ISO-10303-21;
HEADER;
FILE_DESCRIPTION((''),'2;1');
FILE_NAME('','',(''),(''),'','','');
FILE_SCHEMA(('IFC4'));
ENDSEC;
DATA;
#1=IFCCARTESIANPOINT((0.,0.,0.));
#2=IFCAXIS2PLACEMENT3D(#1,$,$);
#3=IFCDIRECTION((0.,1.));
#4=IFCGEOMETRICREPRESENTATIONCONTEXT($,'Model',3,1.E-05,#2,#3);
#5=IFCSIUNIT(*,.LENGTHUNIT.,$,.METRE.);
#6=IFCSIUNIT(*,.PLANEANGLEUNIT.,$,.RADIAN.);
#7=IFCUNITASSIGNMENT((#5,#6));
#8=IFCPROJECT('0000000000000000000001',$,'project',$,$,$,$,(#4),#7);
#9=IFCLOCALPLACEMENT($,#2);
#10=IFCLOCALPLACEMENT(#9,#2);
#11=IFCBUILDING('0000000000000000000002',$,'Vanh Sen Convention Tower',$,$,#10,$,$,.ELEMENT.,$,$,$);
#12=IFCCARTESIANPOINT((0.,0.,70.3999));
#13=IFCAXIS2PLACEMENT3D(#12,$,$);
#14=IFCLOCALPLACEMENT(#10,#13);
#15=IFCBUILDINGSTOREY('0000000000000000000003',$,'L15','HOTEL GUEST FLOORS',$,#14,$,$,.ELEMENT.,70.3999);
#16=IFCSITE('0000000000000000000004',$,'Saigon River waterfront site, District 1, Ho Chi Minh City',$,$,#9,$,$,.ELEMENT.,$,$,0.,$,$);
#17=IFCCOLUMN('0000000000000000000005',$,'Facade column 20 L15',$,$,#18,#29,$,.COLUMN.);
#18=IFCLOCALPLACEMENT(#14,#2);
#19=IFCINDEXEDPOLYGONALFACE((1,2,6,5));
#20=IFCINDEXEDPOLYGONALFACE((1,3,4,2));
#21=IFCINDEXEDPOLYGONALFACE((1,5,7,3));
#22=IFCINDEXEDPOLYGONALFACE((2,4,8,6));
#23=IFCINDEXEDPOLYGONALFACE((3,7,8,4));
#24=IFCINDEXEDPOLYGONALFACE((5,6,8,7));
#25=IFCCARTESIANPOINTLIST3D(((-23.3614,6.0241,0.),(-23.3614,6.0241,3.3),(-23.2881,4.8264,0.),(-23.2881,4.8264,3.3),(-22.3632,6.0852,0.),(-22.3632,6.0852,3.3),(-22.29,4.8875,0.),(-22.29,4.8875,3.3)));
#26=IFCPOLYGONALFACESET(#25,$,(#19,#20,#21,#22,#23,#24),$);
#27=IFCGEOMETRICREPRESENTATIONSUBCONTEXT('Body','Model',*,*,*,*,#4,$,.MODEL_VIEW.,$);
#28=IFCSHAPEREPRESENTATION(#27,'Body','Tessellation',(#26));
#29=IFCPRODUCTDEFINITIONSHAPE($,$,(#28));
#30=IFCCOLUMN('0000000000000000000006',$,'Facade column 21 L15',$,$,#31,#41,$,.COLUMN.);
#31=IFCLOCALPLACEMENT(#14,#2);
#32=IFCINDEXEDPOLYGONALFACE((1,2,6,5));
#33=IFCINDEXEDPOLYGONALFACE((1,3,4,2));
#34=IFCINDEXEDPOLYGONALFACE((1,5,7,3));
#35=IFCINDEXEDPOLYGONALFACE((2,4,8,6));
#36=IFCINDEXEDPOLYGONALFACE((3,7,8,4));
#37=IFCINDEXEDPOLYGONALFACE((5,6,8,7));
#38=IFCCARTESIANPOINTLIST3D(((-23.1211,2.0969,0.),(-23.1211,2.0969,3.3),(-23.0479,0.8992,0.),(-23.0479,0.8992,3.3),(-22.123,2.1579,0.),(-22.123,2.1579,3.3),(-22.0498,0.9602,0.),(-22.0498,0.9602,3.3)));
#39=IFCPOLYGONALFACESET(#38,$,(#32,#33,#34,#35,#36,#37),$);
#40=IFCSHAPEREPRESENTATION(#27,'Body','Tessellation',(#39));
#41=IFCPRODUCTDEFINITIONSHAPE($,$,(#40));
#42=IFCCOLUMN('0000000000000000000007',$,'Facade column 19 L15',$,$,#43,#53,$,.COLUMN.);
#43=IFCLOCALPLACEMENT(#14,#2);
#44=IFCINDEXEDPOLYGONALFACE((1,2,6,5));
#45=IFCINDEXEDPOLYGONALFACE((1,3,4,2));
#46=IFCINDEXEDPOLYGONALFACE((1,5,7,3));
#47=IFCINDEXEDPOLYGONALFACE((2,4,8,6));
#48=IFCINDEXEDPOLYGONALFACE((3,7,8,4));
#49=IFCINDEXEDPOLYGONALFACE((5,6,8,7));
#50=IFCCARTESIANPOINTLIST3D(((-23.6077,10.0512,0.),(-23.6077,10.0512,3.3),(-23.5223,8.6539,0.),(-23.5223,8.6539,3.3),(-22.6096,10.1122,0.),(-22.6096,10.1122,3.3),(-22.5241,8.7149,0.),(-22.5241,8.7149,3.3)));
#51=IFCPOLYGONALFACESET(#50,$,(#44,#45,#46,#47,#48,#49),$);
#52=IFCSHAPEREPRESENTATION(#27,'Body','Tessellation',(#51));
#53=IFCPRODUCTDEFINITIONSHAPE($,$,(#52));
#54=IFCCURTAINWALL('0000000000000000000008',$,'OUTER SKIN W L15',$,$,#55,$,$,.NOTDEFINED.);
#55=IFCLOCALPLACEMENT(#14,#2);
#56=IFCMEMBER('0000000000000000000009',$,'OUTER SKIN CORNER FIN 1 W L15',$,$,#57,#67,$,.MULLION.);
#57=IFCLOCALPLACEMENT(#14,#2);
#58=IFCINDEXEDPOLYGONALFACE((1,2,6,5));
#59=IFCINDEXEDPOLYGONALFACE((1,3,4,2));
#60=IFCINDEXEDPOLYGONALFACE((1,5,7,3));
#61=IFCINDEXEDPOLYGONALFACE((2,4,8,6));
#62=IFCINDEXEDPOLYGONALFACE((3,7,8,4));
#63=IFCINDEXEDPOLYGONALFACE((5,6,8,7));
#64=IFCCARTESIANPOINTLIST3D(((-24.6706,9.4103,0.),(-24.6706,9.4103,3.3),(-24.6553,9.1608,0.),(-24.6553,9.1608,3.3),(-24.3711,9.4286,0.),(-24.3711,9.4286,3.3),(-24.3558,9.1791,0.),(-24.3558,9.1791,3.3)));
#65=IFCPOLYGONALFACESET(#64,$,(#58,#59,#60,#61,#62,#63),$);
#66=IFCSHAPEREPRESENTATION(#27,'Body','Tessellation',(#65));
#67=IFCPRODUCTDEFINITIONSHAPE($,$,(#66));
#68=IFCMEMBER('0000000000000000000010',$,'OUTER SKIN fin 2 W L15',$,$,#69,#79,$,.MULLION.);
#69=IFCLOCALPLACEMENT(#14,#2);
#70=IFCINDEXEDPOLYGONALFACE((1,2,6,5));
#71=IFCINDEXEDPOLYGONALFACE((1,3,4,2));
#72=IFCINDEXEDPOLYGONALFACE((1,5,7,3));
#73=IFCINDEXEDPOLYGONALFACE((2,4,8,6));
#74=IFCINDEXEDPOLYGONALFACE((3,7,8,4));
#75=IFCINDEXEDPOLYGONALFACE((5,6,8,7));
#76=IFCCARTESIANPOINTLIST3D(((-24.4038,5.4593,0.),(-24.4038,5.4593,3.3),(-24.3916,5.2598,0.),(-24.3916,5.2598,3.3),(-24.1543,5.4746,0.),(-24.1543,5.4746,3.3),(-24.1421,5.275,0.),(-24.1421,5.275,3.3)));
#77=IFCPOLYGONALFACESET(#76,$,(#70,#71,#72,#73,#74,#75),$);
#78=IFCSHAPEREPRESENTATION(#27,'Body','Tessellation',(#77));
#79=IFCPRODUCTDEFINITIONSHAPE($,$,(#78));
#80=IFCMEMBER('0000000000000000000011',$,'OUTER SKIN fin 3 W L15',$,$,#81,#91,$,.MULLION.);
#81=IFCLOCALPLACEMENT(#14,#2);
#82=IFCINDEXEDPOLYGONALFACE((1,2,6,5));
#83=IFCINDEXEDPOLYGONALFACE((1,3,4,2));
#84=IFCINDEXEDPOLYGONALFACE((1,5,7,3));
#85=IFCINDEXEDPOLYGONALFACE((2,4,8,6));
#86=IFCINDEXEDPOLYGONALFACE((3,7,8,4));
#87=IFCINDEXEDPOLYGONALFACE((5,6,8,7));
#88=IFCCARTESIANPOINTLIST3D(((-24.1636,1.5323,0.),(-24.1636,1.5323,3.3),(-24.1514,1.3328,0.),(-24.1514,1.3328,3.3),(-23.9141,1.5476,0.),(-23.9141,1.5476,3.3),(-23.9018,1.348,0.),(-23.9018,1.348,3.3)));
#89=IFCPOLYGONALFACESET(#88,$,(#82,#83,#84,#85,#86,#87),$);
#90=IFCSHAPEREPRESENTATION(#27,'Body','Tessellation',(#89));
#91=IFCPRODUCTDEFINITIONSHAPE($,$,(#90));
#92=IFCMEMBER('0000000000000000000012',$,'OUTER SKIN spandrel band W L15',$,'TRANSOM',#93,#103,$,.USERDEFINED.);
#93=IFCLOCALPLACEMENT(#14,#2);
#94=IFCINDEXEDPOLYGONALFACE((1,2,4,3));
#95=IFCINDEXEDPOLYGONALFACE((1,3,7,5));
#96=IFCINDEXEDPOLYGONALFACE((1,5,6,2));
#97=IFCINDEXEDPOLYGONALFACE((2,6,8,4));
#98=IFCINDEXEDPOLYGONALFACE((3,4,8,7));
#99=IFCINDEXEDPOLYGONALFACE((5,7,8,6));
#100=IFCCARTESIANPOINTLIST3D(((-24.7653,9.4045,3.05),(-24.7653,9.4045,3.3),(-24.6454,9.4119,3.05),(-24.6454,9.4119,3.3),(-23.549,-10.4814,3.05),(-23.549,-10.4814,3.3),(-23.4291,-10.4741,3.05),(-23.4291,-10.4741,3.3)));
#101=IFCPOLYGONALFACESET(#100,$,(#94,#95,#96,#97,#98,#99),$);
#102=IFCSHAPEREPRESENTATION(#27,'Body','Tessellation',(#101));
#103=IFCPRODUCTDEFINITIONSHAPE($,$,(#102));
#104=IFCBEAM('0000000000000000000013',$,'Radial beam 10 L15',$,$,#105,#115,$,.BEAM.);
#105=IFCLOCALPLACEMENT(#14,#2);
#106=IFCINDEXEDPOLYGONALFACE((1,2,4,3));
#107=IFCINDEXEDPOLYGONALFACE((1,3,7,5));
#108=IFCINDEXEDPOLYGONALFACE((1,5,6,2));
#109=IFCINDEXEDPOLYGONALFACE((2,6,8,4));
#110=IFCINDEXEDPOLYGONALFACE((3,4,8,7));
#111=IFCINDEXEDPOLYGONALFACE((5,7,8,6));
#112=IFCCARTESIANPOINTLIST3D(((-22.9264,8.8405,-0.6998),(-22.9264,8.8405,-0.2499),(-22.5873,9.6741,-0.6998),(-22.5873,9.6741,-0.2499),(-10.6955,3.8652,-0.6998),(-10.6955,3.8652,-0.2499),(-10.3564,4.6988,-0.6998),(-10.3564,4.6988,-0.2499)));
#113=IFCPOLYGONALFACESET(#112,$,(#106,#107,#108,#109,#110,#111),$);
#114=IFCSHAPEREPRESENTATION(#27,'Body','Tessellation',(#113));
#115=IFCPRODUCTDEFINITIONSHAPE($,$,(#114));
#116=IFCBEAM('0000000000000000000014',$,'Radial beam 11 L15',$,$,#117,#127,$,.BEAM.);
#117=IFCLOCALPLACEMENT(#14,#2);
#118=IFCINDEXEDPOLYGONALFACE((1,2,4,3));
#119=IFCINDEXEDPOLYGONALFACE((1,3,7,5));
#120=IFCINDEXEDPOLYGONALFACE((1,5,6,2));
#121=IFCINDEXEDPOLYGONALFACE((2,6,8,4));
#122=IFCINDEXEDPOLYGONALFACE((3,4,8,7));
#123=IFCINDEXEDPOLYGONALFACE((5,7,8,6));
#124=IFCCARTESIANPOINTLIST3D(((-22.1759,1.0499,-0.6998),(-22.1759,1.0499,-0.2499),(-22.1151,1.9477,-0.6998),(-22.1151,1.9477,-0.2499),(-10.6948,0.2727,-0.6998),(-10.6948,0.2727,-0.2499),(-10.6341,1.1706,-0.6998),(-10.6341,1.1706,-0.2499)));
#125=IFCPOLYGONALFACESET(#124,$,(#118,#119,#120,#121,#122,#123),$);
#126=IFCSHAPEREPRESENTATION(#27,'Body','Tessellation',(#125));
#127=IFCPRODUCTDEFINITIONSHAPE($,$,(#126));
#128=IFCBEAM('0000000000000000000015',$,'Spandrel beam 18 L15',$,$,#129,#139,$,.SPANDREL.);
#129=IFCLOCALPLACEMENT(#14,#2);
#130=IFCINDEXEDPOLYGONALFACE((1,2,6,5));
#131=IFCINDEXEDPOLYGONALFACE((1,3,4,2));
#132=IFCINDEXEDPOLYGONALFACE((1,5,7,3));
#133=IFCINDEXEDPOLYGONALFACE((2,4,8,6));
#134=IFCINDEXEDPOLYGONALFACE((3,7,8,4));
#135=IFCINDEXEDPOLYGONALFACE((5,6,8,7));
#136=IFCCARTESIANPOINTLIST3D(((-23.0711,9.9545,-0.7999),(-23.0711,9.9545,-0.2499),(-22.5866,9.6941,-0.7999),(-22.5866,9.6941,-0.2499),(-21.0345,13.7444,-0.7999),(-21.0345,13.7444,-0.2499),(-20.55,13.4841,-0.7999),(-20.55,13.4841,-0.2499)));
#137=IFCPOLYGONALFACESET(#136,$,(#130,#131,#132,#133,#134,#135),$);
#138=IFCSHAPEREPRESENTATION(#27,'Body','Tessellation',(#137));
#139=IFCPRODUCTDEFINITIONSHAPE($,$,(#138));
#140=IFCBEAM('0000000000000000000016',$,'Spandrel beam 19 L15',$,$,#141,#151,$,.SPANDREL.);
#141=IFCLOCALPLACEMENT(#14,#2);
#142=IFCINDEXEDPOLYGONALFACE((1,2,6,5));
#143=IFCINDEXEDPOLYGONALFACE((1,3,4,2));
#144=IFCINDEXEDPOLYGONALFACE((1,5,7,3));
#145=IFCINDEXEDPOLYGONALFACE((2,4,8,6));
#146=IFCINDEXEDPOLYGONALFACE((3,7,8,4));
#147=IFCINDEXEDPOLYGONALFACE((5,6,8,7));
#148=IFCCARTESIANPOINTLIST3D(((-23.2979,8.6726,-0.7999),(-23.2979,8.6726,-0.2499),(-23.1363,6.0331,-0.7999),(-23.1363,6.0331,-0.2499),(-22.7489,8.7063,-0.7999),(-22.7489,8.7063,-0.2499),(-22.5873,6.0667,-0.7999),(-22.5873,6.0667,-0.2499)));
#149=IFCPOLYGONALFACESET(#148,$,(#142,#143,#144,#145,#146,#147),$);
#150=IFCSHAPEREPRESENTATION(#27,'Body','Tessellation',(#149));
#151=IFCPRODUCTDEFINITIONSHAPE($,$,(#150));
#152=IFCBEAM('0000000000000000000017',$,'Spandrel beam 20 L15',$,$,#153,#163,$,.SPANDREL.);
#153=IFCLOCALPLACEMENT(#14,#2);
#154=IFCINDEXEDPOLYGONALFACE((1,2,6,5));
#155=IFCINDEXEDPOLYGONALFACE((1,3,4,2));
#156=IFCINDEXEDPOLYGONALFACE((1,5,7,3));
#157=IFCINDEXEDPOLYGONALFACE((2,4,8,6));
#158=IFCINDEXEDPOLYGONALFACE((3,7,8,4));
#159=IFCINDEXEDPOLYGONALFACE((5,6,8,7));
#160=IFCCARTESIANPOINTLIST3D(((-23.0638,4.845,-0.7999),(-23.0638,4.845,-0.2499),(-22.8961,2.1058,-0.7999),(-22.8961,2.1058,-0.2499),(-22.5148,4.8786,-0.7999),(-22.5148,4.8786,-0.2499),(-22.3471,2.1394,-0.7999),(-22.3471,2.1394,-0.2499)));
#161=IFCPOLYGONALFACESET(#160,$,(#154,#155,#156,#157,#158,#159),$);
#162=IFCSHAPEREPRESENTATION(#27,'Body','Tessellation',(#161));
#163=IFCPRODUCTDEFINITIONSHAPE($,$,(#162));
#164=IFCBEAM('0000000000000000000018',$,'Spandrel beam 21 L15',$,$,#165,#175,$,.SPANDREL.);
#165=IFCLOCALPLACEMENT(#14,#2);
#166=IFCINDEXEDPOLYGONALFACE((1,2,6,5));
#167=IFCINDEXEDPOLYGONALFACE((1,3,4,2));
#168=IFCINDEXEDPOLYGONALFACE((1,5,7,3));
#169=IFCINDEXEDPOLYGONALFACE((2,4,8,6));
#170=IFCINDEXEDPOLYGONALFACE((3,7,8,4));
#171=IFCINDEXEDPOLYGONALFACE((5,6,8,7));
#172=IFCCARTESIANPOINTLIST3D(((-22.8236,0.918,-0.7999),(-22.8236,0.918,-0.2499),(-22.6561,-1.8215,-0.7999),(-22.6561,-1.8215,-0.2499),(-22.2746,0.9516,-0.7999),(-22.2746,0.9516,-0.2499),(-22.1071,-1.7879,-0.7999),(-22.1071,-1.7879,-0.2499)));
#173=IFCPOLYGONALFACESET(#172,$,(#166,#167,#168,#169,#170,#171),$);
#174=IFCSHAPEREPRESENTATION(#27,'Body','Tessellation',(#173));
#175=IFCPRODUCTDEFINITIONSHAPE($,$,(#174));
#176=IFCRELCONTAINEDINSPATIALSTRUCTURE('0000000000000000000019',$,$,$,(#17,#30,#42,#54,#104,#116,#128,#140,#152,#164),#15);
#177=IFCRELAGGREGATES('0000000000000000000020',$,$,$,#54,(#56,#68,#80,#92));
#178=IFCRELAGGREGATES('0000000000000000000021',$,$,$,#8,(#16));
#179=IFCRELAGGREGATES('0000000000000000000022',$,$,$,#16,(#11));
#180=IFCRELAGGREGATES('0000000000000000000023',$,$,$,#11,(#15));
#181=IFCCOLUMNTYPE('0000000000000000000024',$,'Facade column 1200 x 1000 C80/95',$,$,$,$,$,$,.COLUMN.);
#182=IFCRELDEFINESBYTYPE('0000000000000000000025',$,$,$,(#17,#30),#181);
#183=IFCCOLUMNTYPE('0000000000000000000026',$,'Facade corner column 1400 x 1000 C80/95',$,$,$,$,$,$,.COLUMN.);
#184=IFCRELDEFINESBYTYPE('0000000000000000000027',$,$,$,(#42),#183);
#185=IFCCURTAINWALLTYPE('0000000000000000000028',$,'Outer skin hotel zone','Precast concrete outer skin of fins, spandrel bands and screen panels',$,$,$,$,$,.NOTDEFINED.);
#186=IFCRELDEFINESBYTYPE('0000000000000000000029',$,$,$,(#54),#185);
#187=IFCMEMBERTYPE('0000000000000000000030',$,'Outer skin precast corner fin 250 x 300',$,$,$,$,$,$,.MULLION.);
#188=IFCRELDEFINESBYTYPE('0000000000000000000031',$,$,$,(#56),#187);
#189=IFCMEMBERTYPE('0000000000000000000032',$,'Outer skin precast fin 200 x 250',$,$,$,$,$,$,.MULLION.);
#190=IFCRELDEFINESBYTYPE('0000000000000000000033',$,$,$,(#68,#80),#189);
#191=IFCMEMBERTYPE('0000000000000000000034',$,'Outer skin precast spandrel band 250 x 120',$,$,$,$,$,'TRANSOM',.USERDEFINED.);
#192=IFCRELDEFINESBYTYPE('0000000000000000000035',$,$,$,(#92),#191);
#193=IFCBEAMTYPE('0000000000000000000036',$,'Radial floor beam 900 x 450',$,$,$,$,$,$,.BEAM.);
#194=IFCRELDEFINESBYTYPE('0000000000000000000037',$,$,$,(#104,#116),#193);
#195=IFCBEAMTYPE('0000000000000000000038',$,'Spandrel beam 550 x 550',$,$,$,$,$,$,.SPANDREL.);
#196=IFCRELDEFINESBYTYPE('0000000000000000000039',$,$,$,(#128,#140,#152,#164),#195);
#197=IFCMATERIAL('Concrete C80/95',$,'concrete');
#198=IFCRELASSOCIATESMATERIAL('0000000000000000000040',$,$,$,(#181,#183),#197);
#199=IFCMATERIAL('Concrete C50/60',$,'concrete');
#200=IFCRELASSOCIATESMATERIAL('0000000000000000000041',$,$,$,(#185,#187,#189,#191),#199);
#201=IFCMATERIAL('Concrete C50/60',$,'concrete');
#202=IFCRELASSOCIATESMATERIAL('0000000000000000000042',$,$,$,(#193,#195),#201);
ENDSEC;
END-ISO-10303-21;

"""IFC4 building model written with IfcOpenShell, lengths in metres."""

from ifc_helpers import new_model, si_unit, direction, frame, origin, origin_2d, place, context, subcontext, project, spatial, rectangle, extrude, material, material_profile, profile_set, type_object, element, aggregate, save


model = new_model("IFC4")

# Units and contexts
model_context = context("Model", 3, precision=1e-05, world=origin(), true_north=direction((0.0, 1.0)))
body_context = subcontext(model_context, "Body", "Model", "MODEL_VIEW")
ifc_project = project(units=[si_unit("LENGTHUNIT", "METRE"), si_unit("PLANEANGLEUNIT", "RADIAN")], contexts=[model_context])

# Site, building, storey
site_placement = place(None, origin())
site = spatial("IfcSite", under=ifc_project, at=site_placement, Name="Saigon River waterfront site, District 1, Ho Chi Minh City", CompositionType="ELEMENT", RefElevation=0.0)
building_placement = place(site_placement, origin())
building = spatial("IfcBuilding", under=site, at=building_placement, Name="Vanh Sen Convention Tower", CompositionType="ELEMENT")
storey_placement = place(building_placement, frame((0.0, 0.0, 70.3999)))
storey = spatial("IfcBuildingStorey", under=building, at=storey_placement, Name="L15", Description="HOTEL GUEST FLOORS", CompositionType="ELEMENT", Elevation=70.3999)

# Columns
ifc_material_1 = material(Name="Concrete C80/95", Category="concrete")
ifc_material_profile_1 = material_profile(ifc_material_1, rectangle(XDim=1.2, YDim=1.0, at=origin_2d()), Name="RC 1200X1000")
ifc_profile_set_1 = profile_set([ifc_material_profile_1], Name="Concrete C80/95")
column_type_1 = type_object("IfcColumnType", Name="Facade column 1200 x 1000 C80/95", PredefinedType="COLUMN", material=ifc_profile_set_1)
for number, where, z_axis, x_axis, name in (
    (1, (-22.8257, 5.4558, 0.0), (0.0, 0.0, 1.0), (0.061049, -0.998135, 0.0), "Facade column 20 L15"),
    (2, (-22.5854, 1.5286, 0.0), (0.0, 0.0, 1.0), (0.061049, -0.998135, 0.0), "Facade column 21 L15"),
):
    element("IfcColumn", number, at=place(storey_placement, frame(where, z_axis=z_axis, x_axis=x_axis)), inside=storey, type_object=column_type_1, Name=name, PredefinedType="COLUMN", context=body_context, shape_type="SweptSolid", body=[
        extrude(rectangle(XDim=1.2, YDim=1.0, at=origin_2d()), origin(), (0.0, 0.0, 1.0), 3.3),
    ])
ifc_material_profile_2 = material_profile(ifc_material_1, rectangle(XDim=1.3999, YDim=1.0, at=origin_2d()), Name="RC 1400X1000")
ifc_profile_set_2 = profile_set([ifc_material_profile_2], Name="Concrete C80/95")
column_type_2 = type_object("IfcColumnType", Name="Facade corner column 1400 x 1000 C80/95", PredefinedType="COLUMN", material=ifc_profile_set_2)
column_placement = place(storey_placement, frame((-23.0659, 9.3831, 0.0), z_axis=(0.0, 0.0, 1.0), x_axis=(0.061049, -0.998135, 0.0)))
element("IfcColumn", 3, at=column_placement, inside=storey, type_object=column_type_2, Name="Facade column 19 L15", PredefinedType="COLUMN", context=body_context, shape_type="SweptSolid", body=[
    extrude(rectangle(XDim=1.3999, YDim=1.0, at=origin_2d()), origin(), (0.0, 0.0, 1.0), 3.3),
])

# Curtain wall, members
ifc_material_2 = material(Name="Concrete C50/60", Category="concrete")
curtain_wall_type = type_object("IfcCurtainWallType", Name="Outer skin hotel zone", Description="Precast concrete outer skin of fins, spandrel bands and screen panels", PredefinedType="NOTDEFINED", material=ifc_material_2)
curtain_wall_1_placement = place(storey_placement, origin())
curtain_wall_1 = element("IfcCurtainWall", 4, at=curtain_wall_1_placement, inside=storey, type_object=curtain_wall_type, Name="OUTER SKIN W L15", PredefinedType="NOTDEFINED")
ifc_material_profile_3 = material_profile(ifc_material_2, rectangle(XDim=0.25, YDim=0.3, at=origin_2d()), Name="Outer skin precast corner fin 250 x 300")
ifc_profile_set_3 = profile_set([ifc_material_profile_3], Name="Concrete C50/60")
member_type_1 = type_object("IfcMemberType", Name="Outer skin precast corner fin 250 x 300", PredefinedType="MULLION", material=ifc_profile_set_3)
member_1_placement = place(storey_placement, frame((-24.5132, 9.2947, 0.0), z_axis=(0.0, 0.0, 1.0), x_axis=(0.061049, -0.998135, 0.0)))
member_1 = element("IfcMember", 5, at=member_1_placement, type_object=member_type_1, Name="OUTER SKIN CORNER FIN 1 W L15", PredefinedType="MULLION", context=body_context, shape_type="SweptSolid", body=[
    extrude(rectangle(XDim=0.25, YDim=0.3, at=origin_2d()), origin(), (0.0, 0.0, 1.0), 3.3),
])
ifc_material_profile_4 = material_profile(ifc_material_2, rectangle(XDim=0.2, YDim=0.25, at=origin_2d()), Name="Outer skin precast fin 200 x 250")
ifc_profile_set_4 = profile_set([ifc_material_profile_4], Name="Concrete C50/60")
member_type_2 = type_object("IfcMemberType", Name="Outer skin precast fin 200 x 250", PredefinedType="MULLION", material=ifc_profile_set_4)
member_2_placement = place(storey_placement, frame((-24.2729, 5.3672, 0.0), z_axis=(0.0, 0.0, 1.0), x_axis=(0.061049, -0.998135, 0.0)))
member_2 = element("IfcMember", 6, at=member_2_placement, type_object=member_type_2, Name="OUTER SKIN fin 2 W L15", PredefinedType="MULLION", context=body_context, shape_type="SweptSolid", body=[
    extrude(rectangle(XDim=0.2, YDim=0.25, at=origin_2d()), origin(), (0.0, 0.0, 1.0), 3.3),
])
member_3_placement = place(storey_placement, frame((-24.0327, 1.4402, 0.0), z_axis=(0.0, 0.0, 1.0), x_axis=(0.061049, -0.998135, 0.0)))
member_3 = element("IfcMember", 7, at=member_3_placement, type_object=member_type_2, Name="OUTER SKIN fin 3 W L15", PredefinedType="MULLION", context=body_context, shape_type="SweptSolid", body=[
    extrude(rectangle(XDim=0.2, YDim=0.25, at=origin_2d()), origin(), (0.0, 0.0, 1.0), 3.3),
])
ifc_material_profile_5 = material_profile(ifc_material_2, rectangle(XDim=0.1201, YDim=0.25, at=origin_2d()), Name="Outer skin precast spandrel band 250 x 120")
ifc_profile_set_5 = profile_set([ifc_material_profile_5], Name="Concrete C50/60")
member_type_3 = type_object("IfcMemberType", Name="Outer skin precast spandrel band 250 x 120", ElementType="TRANSOM", PredefinedType="USERDEFINED", material=ifc_profile_set_5)
member_4_placement = place(storey_placement, frame((-24.7053, 9.4082, 3.175), z_axis=(0.06105, -0.998135, 0.0), x_axis=(0.998135, 0.06105, 0.0)))
member_4 = element("IfcMember", 8, at=member_4_placement, type_object=member_type_3, Name="OUTER SKIN spandrel band W L15", ObjectType="TRANSOM", PredefinedType="USERDEFINED", context=body_context, shape_type="SweptSolid", body=[
    extrude(rectangle(XDim=0.1201, YDim=0.25, at=origin_2d()), origin(), (0.0, 0.0, 1.0), 19.9231),
])

# Beams
ifc_material_3 = material(Name="Concrete C50/60", Category="concrete")
ifc_material_profile_6 = material_profile(ifc_material_3, rectangle(XDim=0.8999, YDim=0.45, at=origin_2d()), Name="RC 900X450")
ifc_profile_set_6 = profile_set([ifc_material_profile_6], Name="Concrete C50/60")
beam_type_1 = type_object("IfcBeamType", Name="Radial floor beam 900 x 450", PredefinedType="BEAM", material=ifc_profile_set_6)
beam_1_placement = place(storey_placement, frame((-22.7568, 9.2573, -0.4749), z_axis=(0.926294, -0.376801, 0.0), x_axis=(0.376801, 0.926294, 0.0)))
element("IfcBeam", 9, at=beam_1_placement, inside=storey, type_object=beam_type_1, Name="Radial beam 10 L15", PredefinedType="BEAM", context=body_context, shape_type="SweptSolid", body=[
    extrude(rectangle(XDim=0.8999, YDim=0.45, at=origin_2d()), origin(), (0.0, 0.0, 1.0), 13.2041),
])
beam_2_placement = place(storey_placement, frame((-22.1455, 1.4988, -0.4749), z_axis=(0.997717, -0.067531, 0.0), x_axis=(0.067531, 0.997717, 0.0)))
element("IfcBeam", 10, at=beam_2_placement, inside=storey, type_object=beam_type_1, Name="Radial beam 11 L15", PredefinedType="BEAM", context=body_context, shape_type="SweptSolid", body=[
    extrude(rectangle(XDim=0.8999, YDim=0.45, at=origin_2d()), origin(), (0.0, 0.0, 1.0), 11.5073),
])
ifc_material_profile_7 = material_profile(ifc_material_3, rectangle(XDim=0.55, YDim=0.55, at=origin_2d()), Name="RC 550X550")
ifc_profile_set_7 = profile_set([ifc_material_profile_7], Name="Concrete C50/60")
beam_type_2 = type_object("IfcBeamType", Name="Spandrel beam 550 x 550", PredefinedType="SPANDREL", material=ifc_profile_set_7)
beam_3_placement = place(storey_placement, frame((-20.7922, 13.6143, -0.5249), z_axis=(-0.473348, -0.880875, 0.0), x_axis=(0.880875, -0.473348, 0.0)))
element("IfcBeam", 11, at=beam_3_placement, inside=storey, type_object=beam_type_2, Name="Spandrel beam 18 L15", PredefinedType="SPANDREL", context=body_context, shape_type="SweptSolid", body=[
    extrude(rectangle(XDim=0.55, YDim=0.55, at=origin_2d()), origin(), (0.0, 0.0, 1.0), 4.3025),
])
beam_4_placement = place(storey_placement, frame((-23.0234, 8.6895, -0.5249), z_axis=(0.061114, -0.998131, 0.0), x_axis=(0.998131, 0.061114, 0.0)))
element("IfcBeam", 12, at=beam_4_placement, inside=storey, type_object=beam_type_2, Name="Spandrel beam 19 L15", PredefinedType="SPANDREL", context=body_context, shape_type="SweptSolid", body=[
    extrude(rectangle(XDim=0.55, YDim=0.55, at=origin_2d()), origin(), (0.0, 0.0, 1.0), 2.6445),
])
beam_5_placement = place(storey_placement, frame((-22.7893, 4.8618, -0.5249), z_axis=(0.061115, -0.998131, 0.0), x_axis=(0.998131, 0.061115, 0.0)))
element("IfcBeam", 13, at=beam_5_placement, inside=storey, type_object=beam_type_2, Name="Spandrel beam 20 L15", PredefinedType="SPANDREL", context=body_context, shape_type="SweptSolid", body=[
    extrude(rectangle(XDim=0.55, YDim=0.55, at=origin_2d()), origin(), (0.0, 0.0, 1.0), 2.7444),
])
beam_6_placement = place(storey_placement, frame((-22.5491, 0.9348, -0.5249), z_axis=(0.061021, -0.998136, 0.0), x_axis=(0.998136, 0.061021, 0.0)))
element("IfcBeam", 14, at=beam_6_placement, inside=storey, type_object=beam_type_2, Name="Spandrel beam 21 L15", PredefinedType="SPANDREL", context=body_context, shape_type="SweptSolid", body=[
    extrude(rectangle(XDim=0.55, YDim=0.55, at=origin_2d()), origin(), (0.0, 0.0, 1.0), 2.7446),
])

aggregate(curtain_wall_1, [member_1, member_2, member_3, member_4])

save(model, "model.ifc")
